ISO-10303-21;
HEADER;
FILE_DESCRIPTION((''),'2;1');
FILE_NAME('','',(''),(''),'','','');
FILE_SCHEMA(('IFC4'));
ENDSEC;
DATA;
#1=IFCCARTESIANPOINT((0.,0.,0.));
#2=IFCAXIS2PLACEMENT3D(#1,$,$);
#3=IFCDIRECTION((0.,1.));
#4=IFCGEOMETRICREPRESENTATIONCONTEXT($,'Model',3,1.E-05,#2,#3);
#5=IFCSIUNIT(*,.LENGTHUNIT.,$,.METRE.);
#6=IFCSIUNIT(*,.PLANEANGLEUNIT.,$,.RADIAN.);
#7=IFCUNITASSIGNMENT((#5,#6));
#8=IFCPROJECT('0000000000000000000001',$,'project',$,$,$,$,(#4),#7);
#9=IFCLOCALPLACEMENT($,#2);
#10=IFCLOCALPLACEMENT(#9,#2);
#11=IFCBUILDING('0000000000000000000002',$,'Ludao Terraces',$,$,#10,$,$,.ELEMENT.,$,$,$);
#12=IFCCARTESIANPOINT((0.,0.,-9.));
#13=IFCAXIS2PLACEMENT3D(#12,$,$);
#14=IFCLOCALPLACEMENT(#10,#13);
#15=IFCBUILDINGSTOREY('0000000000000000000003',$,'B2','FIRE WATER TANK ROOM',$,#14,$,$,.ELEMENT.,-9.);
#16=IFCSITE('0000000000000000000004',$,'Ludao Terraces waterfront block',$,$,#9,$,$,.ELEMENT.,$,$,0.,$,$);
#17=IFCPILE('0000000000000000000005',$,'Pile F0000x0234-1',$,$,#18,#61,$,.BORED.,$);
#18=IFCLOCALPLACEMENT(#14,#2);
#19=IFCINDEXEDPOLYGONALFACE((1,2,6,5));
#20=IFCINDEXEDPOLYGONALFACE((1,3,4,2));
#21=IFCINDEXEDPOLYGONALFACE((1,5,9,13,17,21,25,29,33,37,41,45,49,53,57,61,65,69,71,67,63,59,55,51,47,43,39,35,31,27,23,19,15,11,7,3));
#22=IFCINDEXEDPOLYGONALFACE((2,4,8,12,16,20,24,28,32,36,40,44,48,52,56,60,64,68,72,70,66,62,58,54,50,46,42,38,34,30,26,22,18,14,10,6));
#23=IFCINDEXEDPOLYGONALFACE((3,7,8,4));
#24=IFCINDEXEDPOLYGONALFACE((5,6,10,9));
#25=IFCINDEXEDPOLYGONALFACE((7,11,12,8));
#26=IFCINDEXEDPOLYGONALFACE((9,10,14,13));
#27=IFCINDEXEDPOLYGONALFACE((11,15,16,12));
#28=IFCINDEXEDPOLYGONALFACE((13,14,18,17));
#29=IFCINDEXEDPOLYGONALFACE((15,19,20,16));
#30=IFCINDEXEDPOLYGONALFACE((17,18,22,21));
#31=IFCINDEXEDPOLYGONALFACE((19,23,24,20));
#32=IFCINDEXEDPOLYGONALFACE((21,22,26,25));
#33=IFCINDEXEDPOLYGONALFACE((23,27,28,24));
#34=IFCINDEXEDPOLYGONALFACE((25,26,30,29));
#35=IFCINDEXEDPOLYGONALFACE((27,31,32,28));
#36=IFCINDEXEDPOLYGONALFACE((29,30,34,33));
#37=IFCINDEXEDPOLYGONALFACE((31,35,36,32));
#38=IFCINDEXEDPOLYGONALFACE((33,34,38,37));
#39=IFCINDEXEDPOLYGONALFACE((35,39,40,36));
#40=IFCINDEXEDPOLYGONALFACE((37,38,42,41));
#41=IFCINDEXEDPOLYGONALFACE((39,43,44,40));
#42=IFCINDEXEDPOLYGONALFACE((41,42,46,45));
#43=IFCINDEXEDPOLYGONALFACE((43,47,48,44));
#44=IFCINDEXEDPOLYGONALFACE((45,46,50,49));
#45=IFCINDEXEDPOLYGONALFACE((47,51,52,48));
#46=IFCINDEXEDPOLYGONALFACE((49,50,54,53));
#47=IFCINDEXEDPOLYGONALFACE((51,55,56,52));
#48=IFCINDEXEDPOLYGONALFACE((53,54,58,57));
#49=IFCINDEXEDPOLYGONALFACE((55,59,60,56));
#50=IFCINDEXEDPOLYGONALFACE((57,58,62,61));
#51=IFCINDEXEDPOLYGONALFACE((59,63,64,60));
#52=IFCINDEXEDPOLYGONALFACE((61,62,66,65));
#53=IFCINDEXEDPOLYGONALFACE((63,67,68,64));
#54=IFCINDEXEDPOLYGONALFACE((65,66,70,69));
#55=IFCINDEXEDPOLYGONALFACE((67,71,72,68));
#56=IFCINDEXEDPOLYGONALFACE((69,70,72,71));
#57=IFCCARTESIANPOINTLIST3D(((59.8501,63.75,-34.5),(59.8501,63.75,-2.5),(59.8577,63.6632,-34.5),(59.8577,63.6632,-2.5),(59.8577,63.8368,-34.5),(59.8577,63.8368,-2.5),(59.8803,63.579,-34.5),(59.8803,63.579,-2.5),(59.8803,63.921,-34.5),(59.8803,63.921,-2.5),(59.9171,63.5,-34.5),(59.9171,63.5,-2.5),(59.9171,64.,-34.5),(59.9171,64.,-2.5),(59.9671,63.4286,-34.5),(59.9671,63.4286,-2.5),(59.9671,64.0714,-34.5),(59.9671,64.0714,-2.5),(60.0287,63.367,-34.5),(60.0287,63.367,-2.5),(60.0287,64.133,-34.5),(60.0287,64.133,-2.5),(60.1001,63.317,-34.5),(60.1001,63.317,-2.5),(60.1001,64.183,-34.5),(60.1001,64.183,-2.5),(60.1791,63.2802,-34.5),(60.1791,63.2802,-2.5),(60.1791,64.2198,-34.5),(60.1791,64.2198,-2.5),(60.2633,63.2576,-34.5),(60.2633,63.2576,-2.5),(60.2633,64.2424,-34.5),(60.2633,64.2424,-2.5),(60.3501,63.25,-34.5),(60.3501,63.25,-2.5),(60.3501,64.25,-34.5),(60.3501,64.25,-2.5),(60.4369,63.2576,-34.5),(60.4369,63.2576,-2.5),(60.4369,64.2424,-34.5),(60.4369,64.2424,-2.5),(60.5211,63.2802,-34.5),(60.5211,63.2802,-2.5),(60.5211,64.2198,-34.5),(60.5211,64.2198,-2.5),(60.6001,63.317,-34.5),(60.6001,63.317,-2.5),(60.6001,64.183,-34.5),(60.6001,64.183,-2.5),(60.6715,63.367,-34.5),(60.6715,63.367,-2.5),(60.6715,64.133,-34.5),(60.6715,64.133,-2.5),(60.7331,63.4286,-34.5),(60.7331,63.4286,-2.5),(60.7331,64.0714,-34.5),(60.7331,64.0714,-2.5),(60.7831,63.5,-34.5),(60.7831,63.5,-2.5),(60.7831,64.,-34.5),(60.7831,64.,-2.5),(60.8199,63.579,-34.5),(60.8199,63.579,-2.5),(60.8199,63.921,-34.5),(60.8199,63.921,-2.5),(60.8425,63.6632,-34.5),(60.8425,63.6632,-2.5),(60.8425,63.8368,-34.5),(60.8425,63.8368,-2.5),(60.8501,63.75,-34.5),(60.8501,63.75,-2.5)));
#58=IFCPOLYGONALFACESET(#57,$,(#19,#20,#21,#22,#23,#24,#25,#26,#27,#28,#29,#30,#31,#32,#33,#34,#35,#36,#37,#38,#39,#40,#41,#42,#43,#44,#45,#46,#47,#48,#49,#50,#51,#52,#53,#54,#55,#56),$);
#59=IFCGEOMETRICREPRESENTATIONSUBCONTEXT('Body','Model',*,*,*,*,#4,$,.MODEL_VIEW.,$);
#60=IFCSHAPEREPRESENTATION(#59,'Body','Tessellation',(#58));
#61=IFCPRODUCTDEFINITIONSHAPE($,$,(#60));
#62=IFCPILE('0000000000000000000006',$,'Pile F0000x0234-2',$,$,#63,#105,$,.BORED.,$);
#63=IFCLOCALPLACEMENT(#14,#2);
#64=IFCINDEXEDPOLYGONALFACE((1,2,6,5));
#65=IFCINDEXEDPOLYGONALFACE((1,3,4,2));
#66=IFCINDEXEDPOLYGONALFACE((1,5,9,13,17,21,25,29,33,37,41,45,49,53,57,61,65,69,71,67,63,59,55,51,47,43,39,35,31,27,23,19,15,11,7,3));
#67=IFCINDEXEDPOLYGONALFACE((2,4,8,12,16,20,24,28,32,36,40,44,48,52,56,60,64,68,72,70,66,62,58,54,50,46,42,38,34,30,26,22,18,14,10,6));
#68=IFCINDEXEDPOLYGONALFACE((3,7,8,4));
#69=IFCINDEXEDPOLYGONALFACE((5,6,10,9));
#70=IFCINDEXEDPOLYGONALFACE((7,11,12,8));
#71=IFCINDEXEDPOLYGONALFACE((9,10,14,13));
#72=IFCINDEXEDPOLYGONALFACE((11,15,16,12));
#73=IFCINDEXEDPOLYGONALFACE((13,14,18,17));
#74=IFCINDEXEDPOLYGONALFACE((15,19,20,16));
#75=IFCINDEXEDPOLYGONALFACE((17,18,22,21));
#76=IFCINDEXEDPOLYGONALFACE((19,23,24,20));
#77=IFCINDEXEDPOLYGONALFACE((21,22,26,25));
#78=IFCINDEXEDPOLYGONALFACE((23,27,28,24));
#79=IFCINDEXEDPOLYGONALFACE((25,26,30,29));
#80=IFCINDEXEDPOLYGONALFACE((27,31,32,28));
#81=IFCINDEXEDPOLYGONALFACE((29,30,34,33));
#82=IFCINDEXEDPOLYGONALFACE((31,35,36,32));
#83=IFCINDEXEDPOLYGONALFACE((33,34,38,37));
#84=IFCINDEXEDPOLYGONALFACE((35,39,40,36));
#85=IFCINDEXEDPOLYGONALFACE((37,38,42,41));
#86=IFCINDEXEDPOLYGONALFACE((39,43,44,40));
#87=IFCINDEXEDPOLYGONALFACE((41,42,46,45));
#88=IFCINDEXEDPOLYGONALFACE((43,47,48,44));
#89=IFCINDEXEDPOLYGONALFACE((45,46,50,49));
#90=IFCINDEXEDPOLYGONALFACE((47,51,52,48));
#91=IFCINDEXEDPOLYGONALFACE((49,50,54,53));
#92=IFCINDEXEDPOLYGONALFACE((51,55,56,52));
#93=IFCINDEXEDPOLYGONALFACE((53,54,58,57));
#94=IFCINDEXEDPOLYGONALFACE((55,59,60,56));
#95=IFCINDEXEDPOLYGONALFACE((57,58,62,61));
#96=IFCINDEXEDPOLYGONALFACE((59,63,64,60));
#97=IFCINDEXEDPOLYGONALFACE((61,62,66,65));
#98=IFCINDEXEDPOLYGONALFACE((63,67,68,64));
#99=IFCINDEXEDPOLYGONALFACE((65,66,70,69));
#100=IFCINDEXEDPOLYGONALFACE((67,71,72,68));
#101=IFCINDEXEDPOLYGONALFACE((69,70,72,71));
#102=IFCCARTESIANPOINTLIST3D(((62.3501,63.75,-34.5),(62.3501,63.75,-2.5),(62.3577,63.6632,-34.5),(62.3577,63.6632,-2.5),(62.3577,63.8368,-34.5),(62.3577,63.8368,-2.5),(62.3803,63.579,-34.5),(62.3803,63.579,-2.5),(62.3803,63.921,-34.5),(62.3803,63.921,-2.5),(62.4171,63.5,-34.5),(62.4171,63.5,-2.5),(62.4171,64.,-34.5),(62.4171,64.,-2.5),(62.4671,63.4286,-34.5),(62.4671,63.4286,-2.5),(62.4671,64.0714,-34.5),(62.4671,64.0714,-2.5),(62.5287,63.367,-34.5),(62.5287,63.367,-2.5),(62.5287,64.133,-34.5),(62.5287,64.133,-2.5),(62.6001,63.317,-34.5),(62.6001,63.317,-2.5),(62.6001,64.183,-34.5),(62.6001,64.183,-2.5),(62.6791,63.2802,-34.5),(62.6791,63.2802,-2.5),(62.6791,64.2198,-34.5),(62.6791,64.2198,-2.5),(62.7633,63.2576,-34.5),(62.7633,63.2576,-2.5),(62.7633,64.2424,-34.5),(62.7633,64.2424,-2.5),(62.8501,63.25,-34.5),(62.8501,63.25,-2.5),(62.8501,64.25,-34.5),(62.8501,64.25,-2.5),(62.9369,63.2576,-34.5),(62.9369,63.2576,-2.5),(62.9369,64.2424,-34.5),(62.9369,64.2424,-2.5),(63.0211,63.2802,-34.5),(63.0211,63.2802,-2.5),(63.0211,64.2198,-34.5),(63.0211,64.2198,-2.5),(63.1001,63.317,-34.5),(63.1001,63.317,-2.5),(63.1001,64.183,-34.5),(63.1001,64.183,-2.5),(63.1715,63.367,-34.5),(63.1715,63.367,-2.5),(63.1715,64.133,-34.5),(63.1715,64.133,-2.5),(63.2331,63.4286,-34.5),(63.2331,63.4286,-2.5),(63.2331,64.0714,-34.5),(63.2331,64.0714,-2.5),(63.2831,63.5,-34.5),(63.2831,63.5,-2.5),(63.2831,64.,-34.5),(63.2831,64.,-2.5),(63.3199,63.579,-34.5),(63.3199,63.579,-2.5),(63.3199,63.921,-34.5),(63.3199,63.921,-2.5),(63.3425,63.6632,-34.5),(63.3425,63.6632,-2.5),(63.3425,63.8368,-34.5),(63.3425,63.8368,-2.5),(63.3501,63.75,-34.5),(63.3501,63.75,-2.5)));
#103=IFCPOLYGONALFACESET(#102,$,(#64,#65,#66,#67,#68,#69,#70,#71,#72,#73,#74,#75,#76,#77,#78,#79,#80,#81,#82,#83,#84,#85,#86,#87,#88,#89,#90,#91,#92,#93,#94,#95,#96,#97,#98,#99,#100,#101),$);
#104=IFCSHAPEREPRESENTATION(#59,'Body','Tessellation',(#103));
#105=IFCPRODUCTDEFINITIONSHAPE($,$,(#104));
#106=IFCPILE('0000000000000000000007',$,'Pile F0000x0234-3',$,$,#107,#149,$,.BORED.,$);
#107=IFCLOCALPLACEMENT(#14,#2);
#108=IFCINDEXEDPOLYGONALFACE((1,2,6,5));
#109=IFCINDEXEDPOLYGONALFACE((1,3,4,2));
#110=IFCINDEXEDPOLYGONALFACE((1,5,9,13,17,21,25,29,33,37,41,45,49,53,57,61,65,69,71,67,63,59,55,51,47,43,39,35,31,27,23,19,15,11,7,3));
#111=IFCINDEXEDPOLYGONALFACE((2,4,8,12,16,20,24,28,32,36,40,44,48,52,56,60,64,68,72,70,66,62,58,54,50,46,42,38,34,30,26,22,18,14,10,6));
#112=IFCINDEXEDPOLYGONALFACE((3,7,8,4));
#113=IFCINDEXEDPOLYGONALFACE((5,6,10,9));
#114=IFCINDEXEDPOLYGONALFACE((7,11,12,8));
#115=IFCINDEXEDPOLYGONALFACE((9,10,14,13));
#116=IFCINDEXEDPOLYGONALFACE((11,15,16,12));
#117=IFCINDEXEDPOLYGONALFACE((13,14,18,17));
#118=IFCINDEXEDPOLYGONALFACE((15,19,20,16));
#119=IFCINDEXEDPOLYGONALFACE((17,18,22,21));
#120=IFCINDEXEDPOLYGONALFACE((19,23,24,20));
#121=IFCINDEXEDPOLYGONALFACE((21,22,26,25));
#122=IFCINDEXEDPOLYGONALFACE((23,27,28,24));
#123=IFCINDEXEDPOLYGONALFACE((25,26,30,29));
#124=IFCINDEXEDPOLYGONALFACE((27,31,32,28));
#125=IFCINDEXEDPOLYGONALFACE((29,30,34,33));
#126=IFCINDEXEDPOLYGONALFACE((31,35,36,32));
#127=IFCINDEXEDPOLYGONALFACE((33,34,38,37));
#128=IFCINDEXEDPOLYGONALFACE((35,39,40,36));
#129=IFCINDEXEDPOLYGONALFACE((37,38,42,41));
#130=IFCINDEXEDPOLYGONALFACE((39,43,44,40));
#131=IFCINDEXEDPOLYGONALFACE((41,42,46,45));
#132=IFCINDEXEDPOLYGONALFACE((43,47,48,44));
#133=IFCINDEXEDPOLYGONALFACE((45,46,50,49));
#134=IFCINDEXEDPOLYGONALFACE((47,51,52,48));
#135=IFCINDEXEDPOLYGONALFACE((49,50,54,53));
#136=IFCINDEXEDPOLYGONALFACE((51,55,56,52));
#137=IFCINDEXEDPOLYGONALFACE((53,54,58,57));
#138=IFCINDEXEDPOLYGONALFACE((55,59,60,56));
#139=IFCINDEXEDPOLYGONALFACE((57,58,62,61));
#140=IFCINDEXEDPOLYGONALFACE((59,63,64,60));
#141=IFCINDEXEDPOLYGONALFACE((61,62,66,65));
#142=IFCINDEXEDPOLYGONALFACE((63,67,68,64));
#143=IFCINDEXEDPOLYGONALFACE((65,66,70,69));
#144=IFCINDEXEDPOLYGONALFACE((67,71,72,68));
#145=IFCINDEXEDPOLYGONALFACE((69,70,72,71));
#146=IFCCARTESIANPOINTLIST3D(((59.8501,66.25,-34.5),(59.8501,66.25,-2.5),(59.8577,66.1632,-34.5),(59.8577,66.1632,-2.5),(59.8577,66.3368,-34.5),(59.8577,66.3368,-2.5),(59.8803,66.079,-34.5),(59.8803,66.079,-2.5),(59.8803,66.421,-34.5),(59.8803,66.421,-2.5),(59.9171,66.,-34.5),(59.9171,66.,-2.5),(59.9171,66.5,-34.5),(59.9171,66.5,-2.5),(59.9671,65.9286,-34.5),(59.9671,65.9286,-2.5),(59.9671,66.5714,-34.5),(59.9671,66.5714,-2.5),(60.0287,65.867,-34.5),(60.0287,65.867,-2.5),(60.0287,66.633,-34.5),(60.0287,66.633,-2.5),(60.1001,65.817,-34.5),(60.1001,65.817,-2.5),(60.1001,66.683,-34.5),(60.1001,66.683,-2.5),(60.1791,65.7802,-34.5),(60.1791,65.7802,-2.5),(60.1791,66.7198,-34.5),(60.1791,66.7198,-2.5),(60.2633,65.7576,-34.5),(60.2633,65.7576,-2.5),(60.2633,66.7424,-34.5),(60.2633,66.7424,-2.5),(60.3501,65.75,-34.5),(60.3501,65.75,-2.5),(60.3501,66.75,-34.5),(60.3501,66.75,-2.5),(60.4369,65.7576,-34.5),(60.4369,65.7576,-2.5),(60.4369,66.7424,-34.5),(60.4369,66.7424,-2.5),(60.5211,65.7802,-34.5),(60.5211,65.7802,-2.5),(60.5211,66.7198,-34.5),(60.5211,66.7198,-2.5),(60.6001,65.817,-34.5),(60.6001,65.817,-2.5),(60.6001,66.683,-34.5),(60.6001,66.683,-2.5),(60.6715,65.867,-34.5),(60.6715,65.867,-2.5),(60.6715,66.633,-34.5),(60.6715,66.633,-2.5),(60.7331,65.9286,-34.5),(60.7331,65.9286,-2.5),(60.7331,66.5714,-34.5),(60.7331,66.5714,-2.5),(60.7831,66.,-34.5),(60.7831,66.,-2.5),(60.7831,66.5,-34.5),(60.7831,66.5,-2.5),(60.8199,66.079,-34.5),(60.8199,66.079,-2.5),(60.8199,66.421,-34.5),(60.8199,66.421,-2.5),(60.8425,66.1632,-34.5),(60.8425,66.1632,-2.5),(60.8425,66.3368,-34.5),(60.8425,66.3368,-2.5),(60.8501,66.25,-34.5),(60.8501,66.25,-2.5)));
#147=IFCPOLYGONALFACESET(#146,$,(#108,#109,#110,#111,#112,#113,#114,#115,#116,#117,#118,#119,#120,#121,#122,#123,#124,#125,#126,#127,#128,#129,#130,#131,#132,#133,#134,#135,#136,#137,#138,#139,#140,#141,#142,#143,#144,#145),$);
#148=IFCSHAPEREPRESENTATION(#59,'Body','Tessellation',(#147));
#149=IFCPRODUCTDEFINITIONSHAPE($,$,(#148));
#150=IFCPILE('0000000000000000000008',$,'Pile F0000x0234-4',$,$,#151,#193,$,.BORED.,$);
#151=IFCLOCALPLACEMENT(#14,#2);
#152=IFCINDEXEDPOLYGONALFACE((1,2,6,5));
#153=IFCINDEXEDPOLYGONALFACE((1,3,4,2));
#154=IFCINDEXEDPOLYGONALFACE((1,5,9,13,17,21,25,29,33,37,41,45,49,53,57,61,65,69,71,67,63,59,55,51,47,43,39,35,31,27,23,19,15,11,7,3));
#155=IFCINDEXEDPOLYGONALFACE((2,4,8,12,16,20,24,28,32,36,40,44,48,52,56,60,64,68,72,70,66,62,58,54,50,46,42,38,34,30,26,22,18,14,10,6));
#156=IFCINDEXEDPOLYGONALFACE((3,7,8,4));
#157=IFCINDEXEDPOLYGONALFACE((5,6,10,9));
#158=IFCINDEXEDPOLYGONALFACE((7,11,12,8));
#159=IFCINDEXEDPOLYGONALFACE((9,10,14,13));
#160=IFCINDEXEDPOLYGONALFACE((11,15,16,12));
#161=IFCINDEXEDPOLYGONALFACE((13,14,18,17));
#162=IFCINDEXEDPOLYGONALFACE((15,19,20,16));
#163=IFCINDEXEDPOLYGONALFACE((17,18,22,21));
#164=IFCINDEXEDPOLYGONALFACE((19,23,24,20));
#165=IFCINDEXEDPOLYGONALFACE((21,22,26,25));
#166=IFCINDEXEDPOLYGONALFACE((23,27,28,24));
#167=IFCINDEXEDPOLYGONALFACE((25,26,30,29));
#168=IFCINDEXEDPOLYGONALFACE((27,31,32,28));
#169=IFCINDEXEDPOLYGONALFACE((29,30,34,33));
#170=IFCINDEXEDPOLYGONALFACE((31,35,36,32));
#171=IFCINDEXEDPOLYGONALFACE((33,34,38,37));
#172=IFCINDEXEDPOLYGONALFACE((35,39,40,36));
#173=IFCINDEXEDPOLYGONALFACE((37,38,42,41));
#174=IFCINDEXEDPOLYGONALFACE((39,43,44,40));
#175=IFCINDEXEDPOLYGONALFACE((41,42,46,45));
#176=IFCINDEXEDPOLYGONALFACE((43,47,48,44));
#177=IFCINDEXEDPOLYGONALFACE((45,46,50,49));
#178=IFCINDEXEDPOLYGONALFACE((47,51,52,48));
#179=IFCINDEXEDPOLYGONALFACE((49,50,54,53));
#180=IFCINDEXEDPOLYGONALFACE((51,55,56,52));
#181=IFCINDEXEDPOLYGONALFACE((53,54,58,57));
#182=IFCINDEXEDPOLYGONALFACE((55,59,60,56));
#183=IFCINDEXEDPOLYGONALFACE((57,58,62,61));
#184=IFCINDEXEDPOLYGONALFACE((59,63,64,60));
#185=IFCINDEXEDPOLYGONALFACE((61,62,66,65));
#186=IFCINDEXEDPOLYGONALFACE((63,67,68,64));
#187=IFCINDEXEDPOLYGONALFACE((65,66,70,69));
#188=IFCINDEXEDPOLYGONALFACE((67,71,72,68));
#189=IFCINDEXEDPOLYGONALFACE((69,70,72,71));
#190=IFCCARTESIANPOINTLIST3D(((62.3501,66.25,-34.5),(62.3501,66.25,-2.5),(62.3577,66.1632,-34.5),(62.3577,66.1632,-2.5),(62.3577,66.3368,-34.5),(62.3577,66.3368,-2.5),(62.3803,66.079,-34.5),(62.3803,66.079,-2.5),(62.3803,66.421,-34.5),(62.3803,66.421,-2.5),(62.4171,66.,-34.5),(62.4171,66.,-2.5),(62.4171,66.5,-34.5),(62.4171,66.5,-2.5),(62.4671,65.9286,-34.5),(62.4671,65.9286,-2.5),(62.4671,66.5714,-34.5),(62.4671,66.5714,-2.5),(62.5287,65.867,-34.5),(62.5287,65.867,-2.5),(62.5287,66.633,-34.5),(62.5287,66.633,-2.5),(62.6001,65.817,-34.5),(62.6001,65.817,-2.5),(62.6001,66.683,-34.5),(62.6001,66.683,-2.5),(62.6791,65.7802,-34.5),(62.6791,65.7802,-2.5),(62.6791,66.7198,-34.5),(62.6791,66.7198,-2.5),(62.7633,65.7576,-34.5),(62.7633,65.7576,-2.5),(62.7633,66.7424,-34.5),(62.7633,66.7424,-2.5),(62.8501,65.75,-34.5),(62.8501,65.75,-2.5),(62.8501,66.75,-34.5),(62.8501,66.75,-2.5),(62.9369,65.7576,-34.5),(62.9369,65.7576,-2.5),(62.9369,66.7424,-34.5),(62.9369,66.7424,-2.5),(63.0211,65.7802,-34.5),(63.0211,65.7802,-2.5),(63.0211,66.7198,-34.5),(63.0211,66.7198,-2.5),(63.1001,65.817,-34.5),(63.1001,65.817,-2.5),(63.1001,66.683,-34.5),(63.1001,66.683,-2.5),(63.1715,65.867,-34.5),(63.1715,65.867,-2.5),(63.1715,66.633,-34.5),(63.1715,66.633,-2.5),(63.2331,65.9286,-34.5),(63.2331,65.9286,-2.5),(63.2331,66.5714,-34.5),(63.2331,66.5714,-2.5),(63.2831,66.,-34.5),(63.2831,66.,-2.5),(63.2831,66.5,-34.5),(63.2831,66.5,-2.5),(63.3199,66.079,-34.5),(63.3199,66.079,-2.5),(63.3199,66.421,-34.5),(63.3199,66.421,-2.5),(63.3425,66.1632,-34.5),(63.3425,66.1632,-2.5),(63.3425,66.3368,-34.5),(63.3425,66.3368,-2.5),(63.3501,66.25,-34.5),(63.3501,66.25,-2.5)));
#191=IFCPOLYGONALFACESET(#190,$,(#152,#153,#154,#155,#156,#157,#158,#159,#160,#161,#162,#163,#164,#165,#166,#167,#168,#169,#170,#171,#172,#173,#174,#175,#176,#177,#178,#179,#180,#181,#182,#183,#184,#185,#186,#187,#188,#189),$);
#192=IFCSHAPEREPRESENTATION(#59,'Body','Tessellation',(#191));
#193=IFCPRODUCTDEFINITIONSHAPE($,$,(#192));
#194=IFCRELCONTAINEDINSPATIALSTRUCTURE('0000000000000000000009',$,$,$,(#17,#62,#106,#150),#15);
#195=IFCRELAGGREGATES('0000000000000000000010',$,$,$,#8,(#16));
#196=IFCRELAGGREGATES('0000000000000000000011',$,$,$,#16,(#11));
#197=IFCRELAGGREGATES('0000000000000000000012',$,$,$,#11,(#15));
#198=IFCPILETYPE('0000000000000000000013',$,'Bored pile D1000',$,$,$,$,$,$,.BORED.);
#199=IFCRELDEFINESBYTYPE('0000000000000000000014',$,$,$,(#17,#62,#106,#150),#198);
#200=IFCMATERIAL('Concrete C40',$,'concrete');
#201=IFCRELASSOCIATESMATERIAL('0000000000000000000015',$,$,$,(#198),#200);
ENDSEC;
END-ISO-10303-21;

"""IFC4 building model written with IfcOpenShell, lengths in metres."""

from ifc_helpers import new_model, si_unit, direction, frame, origin, origin_2d, place, context, subcontext, project, spatial, circle, extrude, material, material_profile, profile_set, type_object, element, save


model = new_model("IFC4")

# Units and contexts
model_context = context("Model", 3, precision=1e-05, world=origin(), true_north=direction((0.0, 1.0)))
body_context = subcontext(model_context, "Body", "Model", "MODEL_VIEW")
ifc_project = project(units=[si_unit("LENGTHUNIT", "METRE"), si_unit("PLANEANGLEUNIT", "RADIAN")], contexts=[model_context])

# Site, building, storey
site_placement = place(None, origin())
site = spatial("IfcSite", under=ifc_project, at=site_placement, Name="Ludao Terraces waterfront block", CompositionType="ELEMENT", RefElevation=0.0)
building_placement = place(site_placement, origin())
building = spatial("IfcBuilding", under=site, at=building_placement, Name="Ludao Terraces", CompositionType="ELEMENT")
storey_placement = place(building_placement, frame((0.0, 0.0, -9.0)))
storey = spatial("IfcBuildingStorey", under=building, at=storey_placement, Name="B2", Description="FIRE WATER TANK ROOM", CompositionType="ELEMENT", Elevation=-9.0)

# Piles
ifc_material_1 = material(Name="Concrete C40", Category="concrete")
ifc_material_profile_1 = material_profile(ifc_material_1, circle(Radius=0.5, at=origin_2d()), Name="D1000 BORED PILE")
ifc_profile_set_1 = profile_set([ifc_material_profile_1], Name="Concrete C40")
pile_type = type_object("IfcPileType", Name="Bored pile D1000", PredefinedType="BORED", material=ifc_profile_set_1)
for number, where, z_axis, x_axis, name in (
    (1, (60.3501, 63.75, -2.5), (0.0, 0.0, -1.0), (1.0, 0.0, 0.0), "Pile F0000x0234-1"),
    (2, (62.8501, 63.75, -2.5), (0.0, 0.0, -1.0), (1.0, 0.0, 0.0), "Pile F0000x0234-2"),
    (3, (60.3501, 66.25, -2.5), (0.0, 0.0, -1.0), (1.0, 0.0, 0.0), "Pile F0000x0234-3"),
    (4, (62.8501, 66.25, -2.5), (0.0, 0.0, -1.0), (1.0, 0.0, 0.0), "Pile F0000x0234-4"),
):
    element("IfcPile", number, at=place(storey_placement, frame(where, z_axis=z_axis, x_axis=x_axis)), inside=storey, type_object=pile_type, Name=name, PredefinedType="BORED", context=body_context, shape_type="SweptSolid", body=[
        extrude(circle(Radius=0.5, at=origin_2d()), origin(), (0.0, 0.0, 1.0), 32.0),
    ])

save(model, "model.ifc")
